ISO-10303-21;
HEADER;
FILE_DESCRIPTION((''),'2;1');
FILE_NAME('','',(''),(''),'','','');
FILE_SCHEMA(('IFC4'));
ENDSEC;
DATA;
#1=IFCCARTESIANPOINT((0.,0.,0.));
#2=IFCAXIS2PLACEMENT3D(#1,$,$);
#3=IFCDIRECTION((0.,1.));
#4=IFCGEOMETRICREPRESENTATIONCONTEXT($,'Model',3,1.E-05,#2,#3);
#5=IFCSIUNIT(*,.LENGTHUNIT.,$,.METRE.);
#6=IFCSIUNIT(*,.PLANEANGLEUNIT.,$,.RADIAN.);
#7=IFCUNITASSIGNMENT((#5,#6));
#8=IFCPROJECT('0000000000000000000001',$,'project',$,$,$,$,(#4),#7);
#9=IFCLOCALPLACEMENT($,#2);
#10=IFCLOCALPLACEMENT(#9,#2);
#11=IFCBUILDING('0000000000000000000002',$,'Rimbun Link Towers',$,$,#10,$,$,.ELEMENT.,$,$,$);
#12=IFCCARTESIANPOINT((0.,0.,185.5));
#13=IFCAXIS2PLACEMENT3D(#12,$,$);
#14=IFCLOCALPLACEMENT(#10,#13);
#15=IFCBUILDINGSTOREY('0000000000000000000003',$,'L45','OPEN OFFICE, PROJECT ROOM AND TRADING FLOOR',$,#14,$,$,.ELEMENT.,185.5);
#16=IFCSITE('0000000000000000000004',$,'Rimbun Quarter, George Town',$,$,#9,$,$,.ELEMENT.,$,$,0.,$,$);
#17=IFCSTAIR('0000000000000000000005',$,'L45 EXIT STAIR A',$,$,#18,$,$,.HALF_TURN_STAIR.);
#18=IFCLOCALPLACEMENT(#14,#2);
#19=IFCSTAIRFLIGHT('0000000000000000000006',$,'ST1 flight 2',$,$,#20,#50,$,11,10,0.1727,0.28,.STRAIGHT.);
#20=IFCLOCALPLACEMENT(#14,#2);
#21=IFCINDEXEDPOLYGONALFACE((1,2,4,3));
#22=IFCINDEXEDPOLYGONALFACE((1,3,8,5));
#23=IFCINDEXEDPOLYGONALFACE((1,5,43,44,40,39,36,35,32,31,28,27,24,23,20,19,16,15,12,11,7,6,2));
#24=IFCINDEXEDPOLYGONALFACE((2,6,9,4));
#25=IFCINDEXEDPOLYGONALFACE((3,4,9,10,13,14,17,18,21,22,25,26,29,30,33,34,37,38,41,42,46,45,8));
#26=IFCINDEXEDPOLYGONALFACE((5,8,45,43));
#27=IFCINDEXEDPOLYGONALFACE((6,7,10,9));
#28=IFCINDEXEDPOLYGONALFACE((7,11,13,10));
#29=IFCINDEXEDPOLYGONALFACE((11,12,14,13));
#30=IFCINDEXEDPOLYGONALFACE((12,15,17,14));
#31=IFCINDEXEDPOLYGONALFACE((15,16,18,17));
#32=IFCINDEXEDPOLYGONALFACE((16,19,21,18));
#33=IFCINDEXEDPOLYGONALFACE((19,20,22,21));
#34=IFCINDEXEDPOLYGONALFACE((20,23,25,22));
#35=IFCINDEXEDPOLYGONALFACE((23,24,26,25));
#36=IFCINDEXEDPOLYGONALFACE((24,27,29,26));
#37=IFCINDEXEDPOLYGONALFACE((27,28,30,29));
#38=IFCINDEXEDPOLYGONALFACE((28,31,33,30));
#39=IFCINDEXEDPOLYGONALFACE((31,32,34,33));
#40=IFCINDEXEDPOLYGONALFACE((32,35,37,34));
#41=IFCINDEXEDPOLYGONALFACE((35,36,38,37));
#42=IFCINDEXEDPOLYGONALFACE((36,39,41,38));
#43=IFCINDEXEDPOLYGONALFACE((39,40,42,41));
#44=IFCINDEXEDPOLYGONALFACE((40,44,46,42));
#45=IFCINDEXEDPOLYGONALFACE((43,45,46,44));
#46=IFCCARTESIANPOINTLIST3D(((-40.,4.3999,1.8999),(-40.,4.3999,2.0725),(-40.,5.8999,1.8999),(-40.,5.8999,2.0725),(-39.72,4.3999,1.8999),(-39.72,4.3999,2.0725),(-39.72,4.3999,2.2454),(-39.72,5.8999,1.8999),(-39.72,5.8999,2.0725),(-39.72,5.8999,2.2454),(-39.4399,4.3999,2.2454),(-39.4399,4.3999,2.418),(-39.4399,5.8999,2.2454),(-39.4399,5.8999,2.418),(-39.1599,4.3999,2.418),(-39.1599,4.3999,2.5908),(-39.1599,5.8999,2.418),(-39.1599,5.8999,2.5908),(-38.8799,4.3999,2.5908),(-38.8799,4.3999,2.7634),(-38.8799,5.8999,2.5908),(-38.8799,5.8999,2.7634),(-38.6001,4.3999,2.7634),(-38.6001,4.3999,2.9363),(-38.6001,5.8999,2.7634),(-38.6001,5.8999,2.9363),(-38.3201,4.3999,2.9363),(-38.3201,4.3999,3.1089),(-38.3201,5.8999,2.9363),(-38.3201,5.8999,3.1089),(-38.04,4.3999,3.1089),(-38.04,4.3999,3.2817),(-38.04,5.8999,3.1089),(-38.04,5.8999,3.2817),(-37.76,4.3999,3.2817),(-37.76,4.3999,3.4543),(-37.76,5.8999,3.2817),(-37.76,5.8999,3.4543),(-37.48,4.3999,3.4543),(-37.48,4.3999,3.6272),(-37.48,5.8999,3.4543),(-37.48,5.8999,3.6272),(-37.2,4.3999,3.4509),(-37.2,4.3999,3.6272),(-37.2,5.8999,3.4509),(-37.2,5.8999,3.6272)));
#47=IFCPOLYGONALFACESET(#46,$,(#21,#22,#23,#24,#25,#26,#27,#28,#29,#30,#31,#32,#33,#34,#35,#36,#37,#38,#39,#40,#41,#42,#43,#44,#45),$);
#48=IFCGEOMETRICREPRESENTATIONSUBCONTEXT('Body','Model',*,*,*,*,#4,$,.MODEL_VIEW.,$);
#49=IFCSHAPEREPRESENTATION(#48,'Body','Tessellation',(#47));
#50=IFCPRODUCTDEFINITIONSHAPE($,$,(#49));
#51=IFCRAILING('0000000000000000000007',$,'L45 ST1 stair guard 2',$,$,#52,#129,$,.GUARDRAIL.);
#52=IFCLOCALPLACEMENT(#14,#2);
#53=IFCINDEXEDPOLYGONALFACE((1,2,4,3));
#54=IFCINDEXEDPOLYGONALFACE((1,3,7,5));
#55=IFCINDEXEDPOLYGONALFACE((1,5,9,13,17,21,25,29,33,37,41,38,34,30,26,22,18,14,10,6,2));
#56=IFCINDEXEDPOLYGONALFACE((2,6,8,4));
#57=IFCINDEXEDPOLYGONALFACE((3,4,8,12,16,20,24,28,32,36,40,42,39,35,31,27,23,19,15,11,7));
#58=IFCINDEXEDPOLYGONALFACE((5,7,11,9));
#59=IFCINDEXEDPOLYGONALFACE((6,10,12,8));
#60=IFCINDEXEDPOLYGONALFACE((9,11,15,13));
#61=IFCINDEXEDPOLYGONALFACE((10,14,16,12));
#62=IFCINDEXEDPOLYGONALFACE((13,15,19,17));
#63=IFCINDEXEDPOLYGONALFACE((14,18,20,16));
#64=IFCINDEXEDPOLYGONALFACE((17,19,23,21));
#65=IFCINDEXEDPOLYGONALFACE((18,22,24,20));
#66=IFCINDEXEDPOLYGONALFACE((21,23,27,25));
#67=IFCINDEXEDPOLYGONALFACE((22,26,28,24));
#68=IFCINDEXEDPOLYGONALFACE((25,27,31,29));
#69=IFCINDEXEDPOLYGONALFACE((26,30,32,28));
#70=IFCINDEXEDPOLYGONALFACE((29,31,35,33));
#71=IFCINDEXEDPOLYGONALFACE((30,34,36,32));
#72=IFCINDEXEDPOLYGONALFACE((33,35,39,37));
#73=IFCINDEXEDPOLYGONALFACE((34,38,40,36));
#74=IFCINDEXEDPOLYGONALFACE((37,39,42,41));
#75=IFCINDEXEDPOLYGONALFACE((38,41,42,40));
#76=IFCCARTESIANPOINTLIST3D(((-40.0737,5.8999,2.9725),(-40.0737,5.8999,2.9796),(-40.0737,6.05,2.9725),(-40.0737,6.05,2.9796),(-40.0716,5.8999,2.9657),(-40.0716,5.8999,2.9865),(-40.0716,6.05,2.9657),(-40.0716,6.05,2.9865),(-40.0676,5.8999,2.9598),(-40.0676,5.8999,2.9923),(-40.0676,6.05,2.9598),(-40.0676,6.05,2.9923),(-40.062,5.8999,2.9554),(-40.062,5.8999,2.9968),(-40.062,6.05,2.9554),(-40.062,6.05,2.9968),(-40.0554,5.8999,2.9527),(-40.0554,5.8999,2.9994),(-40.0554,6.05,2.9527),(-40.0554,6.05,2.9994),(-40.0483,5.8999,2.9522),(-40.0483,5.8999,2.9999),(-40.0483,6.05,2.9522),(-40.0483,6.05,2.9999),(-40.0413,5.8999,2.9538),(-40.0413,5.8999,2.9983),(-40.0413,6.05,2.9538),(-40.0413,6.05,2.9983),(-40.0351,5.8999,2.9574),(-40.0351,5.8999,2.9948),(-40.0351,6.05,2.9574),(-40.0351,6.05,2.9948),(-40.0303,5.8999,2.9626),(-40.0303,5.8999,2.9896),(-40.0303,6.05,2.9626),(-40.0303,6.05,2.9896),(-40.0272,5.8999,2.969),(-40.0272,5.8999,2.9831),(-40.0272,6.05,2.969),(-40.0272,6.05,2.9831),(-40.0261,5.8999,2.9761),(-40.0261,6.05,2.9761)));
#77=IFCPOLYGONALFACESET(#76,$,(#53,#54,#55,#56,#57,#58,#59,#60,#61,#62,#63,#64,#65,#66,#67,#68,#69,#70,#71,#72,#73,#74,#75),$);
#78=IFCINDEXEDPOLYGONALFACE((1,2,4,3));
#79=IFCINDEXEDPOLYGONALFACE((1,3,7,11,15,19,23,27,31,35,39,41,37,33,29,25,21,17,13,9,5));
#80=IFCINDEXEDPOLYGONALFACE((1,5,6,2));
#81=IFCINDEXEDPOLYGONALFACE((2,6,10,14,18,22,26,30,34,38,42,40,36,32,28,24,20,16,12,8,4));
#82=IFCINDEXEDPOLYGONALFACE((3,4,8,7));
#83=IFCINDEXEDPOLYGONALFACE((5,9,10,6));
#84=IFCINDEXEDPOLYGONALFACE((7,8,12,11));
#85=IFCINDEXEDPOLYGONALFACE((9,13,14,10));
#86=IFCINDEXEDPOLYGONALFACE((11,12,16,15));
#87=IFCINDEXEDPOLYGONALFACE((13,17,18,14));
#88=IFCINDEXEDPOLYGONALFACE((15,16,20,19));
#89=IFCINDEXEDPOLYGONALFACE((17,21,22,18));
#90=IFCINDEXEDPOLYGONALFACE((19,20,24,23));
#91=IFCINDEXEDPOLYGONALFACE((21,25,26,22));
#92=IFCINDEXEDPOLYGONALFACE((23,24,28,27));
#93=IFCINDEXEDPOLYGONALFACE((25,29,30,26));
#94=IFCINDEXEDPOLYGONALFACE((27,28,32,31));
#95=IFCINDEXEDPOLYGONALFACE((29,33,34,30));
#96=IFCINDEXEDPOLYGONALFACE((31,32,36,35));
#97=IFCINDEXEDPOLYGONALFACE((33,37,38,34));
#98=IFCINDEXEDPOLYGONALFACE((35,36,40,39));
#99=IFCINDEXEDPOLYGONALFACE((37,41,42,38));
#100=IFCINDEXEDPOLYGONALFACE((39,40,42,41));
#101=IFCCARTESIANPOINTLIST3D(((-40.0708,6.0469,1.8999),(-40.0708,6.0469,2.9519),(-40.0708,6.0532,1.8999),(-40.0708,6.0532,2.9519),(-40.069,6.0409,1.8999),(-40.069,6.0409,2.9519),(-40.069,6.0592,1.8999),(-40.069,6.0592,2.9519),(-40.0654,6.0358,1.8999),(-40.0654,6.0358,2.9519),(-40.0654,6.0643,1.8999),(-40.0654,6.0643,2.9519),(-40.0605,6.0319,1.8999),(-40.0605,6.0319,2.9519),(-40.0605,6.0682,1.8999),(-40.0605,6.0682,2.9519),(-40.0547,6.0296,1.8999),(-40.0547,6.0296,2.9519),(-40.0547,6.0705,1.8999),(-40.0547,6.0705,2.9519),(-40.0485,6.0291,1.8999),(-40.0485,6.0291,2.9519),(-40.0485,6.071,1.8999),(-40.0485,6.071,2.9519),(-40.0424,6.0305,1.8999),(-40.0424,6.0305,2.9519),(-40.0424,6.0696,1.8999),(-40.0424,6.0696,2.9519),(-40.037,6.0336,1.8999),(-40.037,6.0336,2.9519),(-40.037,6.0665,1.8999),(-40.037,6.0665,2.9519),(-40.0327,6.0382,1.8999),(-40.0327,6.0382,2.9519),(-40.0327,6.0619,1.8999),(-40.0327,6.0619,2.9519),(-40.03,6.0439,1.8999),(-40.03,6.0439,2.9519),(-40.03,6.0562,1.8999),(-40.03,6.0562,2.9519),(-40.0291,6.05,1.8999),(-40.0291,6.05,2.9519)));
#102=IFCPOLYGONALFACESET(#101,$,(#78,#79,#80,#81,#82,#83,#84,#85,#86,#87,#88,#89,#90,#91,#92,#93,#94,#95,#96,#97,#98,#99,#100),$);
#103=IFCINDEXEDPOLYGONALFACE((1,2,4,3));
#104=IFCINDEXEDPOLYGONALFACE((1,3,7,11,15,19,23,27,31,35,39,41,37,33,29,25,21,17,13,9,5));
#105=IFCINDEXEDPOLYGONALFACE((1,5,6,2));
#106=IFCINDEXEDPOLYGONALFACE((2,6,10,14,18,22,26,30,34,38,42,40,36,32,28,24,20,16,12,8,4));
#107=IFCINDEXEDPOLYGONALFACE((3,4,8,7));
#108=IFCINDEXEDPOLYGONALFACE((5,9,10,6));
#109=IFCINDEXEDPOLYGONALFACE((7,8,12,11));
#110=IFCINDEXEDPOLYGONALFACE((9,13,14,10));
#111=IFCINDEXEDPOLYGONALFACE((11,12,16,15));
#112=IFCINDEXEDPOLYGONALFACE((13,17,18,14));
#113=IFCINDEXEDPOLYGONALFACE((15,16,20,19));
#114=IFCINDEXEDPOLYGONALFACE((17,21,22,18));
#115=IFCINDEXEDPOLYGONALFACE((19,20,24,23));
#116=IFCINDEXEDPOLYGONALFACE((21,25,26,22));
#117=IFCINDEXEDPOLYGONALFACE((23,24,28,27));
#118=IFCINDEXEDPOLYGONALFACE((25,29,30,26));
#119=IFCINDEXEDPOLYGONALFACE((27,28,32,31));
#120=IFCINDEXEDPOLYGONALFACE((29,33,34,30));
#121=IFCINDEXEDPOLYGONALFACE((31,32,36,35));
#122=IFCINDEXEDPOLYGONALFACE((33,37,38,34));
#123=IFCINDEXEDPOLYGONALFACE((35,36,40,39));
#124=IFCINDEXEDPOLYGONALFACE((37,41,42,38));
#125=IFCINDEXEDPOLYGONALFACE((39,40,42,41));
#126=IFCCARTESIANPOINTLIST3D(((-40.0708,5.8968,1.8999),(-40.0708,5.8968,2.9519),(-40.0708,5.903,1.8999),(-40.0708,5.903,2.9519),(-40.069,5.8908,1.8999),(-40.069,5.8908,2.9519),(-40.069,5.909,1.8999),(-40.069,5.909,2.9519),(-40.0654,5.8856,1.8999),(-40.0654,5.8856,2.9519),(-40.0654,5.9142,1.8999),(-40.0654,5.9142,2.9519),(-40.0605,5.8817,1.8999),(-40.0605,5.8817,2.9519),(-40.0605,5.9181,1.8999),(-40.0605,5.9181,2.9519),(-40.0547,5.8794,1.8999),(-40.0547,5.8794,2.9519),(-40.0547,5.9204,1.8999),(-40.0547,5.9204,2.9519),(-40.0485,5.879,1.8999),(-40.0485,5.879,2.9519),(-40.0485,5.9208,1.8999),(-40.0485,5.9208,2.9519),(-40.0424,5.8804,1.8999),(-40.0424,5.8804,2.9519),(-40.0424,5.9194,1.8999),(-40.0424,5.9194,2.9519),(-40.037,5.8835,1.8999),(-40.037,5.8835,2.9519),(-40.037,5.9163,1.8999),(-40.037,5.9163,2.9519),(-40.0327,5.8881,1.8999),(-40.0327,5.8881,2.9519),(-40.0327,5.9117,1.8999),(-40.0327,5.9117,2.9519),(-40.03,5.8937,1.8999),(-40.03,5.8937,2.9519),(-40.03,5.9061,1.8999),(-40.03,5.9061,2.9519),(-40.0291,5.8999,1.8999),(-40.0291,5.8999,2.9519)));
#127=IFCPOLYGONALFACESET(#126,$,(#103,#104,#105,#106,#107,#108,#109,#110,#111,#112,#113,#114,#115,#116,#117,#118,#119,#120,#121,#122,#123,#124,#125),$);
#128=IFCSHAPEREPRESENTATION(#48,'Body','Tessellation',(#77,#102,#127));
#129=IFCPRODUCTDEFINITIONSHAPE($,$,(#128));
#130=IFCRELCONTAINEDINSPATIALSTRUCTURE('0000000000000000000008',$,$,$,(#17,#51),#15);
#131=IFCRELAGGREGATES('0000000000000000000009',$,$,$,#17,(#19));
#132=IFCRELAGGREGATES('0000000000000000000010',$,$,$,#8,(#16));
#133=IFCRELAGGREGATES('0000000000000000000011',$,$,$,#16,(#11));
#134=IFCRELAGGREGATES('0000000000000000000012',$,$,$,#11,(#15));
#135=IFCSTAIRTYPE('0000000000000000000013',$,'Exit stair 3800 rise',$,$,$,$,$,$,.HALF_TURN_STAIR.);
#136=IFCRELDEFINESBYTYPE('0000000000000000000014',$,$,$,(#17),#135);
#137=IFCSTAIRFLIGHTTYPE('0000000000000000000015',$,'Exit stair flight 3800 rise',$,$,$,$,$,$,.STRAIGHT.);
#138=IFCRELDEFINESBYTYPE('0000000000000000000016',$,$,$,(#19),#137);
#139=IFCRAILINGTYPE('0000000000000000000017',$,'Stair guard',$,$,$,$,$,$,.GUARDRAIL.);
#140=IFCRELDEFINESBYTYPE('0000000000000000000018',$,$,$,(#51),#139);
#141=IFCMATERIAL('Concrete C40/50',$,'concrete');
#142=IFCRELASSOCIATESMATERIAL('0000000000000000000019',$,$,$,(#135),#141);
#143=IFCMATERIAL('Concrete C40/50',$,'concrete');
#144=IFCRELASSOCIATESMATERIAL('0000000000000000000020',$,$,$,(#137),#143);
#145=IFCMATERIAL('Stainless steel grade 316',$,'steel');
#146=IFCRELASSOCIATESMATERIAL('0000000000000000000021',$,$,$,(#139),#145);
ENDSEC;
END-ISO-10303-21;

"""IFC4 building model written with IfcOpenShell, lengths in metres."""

from ifc_helpers import new_model, si_unit, direction, frame, origin, origin_2d, place, context, subcontext, project, spatial, polyline, circle, outline, extrude, material, type_object, element, aggregate, save


model = new_model("IFC4")

# Units and contexts
model_context = context("Model", 3, precision=1e-05, world=origin(), true_north=direction((0.0, 1.0)))
body_context = subcontext(model_context, "Body", "Model", "MODEL_VIEW")
ifc_project = project(units=[si_unit("LENGTHUNIT", "METRE"), si_unit("PLANEANGLEUNIT", "RADIAN")], contexts=[model_context])

# Site, building, storey
site_placement = place(None, origin())
site = spatial("IfcSite", under=ifc_project, at=site_placement, Name="Rimbun Quarter, George Town", CompositionType="ELEMENT", RefElevation=0.0)
building_placement = place(site_placement, origin())
building = spatial("IfcBuilding", under=site, at=building_placement, Name="Rimbun Link Towers", CompositionType="ELEMENT")
storey_placement = place(building_placement, frame((0.0, 0.0, 185.5)))
storey = spatial("IfcBuildingStorey", under=building, at=storey_placement, Name="L45", Description="OPEN OFFICE, PROJECT ROOM AND TRADING FLOOR", CompositionType="ELEMENT", Elevation=185.5)

# Stair, stair flight
ifc_material_1 = material(Name="Concrete C40/50", Category="concrete")
stair_type = type_object("IfcStairType", Name="Exit stair 3800 rise", PredefinedType="HALF_TURN_STAIR", material=ifc_material_1)
stair_placement = place(storey_placement, origin())
stair = element("IfcStair", 1, at=stair_placement, inside=storey, type_object=stair_type, Name="L45 EXIT STAIR A", PredefinedType="HALF_TURN_STAIR")
ifc_material_2 = material(Name="Concrete C40/50", Category="concrete")
stair_flight_type = type_object("IfcStairFlightType", Name="Exit stair flight 3800 rise", PredefinedType="STRAIGHT", material=ifc_material_2)
stair_flight_placement = place(storey_placement, frame((-40.0, 5.1499, 1.8999), z_axis=(0.0, 0.0, 1.0), x_axis=(1.0, 0.0, 0.0)))
stair_flight = element("IfcStairFlight", 2, at=stair_flight_placement, type_object=stair_flight_type, Name="ST1 flight 2", NumberOfRisers=11, NumberOfTreads=10, PredefinedType="STRAIGHT", RiserHeight=0.1727, TreadLength=0.28, context=body_context, shape_type="SweptSolid", body=[
    extrude(outline(polyline([(0.0, 0.0), (0.0, 0.1726), (0.28, 0.1726), (0.28, 0.3455), (0.5601, 0.3455), (0.5601, 0.5181), (0.8401, 0.5181), (0.8401, 0.6909), (1.1201, 0.6909), (1.1201, 0.8635), (1.3999, 0.8635), (1.3999, 1.0364), (1.6799, 1.0364), (1.6799, 1.209), (1.96, 1.209), (1.96, 1.3818), (2.24, 1.3818), (2.24, 1.5544), (2.52, 1.5544), (2.52, 1.7273), (2.8, 1.7273), (2.8, 1.8999), (2.8, 1.551), (0.28, 0.0), (0.0, 0.0)])), frame((0.0, 0.75, 0.0), z_axis=(0.0, -1.0, 0.0), x_axis=(1.0, 0.0, 0.0)), (0.0, 0.0, 1.0), 1.5),
])
aggregate(stair, [stair_flight])

# Railing
ifc_material_3 = material(Name="Stainless steel grade 316", Category="steel")
railing_type_1 = type_object("IfcRailingType", Name="Stair guard", PredefinedType="GUARDRAIL", material=ifc_material_3)
railing_1_placement = place(storey_placement, frame((-40.05, 6.05, 1.8999)))
element("IfcRailing", 3, at=railing_1_placement, inside=storey, type_object=railing_type_1, Name="L45 ST1 stair guard 2", PredefinedType="GUARDRAIL", context=body_context, shape_type="SweptSolid", body=[
    extrude(circle(Radius=0.0239, at=origin_2d()), frame((0.0, 0.0, 1.0762), z_axis=(0.0, -1.0, 0.0), x_axis=(1.0, 0.0, 0.0)), (0.0, 0.0, 1.0), 0.1501),
    extrude(circle(Radius=0.021, at=origin_2d()), origin(), (0.0, 0.0, 1.0), 1.052),
    extrude(circle(Radius=0.021, at=origin_2d()), frame((0.0, -0.1501, 0.0)), (0.0, 0.0, 1.0), 1.052),
])

save(model, "model.ifc")
